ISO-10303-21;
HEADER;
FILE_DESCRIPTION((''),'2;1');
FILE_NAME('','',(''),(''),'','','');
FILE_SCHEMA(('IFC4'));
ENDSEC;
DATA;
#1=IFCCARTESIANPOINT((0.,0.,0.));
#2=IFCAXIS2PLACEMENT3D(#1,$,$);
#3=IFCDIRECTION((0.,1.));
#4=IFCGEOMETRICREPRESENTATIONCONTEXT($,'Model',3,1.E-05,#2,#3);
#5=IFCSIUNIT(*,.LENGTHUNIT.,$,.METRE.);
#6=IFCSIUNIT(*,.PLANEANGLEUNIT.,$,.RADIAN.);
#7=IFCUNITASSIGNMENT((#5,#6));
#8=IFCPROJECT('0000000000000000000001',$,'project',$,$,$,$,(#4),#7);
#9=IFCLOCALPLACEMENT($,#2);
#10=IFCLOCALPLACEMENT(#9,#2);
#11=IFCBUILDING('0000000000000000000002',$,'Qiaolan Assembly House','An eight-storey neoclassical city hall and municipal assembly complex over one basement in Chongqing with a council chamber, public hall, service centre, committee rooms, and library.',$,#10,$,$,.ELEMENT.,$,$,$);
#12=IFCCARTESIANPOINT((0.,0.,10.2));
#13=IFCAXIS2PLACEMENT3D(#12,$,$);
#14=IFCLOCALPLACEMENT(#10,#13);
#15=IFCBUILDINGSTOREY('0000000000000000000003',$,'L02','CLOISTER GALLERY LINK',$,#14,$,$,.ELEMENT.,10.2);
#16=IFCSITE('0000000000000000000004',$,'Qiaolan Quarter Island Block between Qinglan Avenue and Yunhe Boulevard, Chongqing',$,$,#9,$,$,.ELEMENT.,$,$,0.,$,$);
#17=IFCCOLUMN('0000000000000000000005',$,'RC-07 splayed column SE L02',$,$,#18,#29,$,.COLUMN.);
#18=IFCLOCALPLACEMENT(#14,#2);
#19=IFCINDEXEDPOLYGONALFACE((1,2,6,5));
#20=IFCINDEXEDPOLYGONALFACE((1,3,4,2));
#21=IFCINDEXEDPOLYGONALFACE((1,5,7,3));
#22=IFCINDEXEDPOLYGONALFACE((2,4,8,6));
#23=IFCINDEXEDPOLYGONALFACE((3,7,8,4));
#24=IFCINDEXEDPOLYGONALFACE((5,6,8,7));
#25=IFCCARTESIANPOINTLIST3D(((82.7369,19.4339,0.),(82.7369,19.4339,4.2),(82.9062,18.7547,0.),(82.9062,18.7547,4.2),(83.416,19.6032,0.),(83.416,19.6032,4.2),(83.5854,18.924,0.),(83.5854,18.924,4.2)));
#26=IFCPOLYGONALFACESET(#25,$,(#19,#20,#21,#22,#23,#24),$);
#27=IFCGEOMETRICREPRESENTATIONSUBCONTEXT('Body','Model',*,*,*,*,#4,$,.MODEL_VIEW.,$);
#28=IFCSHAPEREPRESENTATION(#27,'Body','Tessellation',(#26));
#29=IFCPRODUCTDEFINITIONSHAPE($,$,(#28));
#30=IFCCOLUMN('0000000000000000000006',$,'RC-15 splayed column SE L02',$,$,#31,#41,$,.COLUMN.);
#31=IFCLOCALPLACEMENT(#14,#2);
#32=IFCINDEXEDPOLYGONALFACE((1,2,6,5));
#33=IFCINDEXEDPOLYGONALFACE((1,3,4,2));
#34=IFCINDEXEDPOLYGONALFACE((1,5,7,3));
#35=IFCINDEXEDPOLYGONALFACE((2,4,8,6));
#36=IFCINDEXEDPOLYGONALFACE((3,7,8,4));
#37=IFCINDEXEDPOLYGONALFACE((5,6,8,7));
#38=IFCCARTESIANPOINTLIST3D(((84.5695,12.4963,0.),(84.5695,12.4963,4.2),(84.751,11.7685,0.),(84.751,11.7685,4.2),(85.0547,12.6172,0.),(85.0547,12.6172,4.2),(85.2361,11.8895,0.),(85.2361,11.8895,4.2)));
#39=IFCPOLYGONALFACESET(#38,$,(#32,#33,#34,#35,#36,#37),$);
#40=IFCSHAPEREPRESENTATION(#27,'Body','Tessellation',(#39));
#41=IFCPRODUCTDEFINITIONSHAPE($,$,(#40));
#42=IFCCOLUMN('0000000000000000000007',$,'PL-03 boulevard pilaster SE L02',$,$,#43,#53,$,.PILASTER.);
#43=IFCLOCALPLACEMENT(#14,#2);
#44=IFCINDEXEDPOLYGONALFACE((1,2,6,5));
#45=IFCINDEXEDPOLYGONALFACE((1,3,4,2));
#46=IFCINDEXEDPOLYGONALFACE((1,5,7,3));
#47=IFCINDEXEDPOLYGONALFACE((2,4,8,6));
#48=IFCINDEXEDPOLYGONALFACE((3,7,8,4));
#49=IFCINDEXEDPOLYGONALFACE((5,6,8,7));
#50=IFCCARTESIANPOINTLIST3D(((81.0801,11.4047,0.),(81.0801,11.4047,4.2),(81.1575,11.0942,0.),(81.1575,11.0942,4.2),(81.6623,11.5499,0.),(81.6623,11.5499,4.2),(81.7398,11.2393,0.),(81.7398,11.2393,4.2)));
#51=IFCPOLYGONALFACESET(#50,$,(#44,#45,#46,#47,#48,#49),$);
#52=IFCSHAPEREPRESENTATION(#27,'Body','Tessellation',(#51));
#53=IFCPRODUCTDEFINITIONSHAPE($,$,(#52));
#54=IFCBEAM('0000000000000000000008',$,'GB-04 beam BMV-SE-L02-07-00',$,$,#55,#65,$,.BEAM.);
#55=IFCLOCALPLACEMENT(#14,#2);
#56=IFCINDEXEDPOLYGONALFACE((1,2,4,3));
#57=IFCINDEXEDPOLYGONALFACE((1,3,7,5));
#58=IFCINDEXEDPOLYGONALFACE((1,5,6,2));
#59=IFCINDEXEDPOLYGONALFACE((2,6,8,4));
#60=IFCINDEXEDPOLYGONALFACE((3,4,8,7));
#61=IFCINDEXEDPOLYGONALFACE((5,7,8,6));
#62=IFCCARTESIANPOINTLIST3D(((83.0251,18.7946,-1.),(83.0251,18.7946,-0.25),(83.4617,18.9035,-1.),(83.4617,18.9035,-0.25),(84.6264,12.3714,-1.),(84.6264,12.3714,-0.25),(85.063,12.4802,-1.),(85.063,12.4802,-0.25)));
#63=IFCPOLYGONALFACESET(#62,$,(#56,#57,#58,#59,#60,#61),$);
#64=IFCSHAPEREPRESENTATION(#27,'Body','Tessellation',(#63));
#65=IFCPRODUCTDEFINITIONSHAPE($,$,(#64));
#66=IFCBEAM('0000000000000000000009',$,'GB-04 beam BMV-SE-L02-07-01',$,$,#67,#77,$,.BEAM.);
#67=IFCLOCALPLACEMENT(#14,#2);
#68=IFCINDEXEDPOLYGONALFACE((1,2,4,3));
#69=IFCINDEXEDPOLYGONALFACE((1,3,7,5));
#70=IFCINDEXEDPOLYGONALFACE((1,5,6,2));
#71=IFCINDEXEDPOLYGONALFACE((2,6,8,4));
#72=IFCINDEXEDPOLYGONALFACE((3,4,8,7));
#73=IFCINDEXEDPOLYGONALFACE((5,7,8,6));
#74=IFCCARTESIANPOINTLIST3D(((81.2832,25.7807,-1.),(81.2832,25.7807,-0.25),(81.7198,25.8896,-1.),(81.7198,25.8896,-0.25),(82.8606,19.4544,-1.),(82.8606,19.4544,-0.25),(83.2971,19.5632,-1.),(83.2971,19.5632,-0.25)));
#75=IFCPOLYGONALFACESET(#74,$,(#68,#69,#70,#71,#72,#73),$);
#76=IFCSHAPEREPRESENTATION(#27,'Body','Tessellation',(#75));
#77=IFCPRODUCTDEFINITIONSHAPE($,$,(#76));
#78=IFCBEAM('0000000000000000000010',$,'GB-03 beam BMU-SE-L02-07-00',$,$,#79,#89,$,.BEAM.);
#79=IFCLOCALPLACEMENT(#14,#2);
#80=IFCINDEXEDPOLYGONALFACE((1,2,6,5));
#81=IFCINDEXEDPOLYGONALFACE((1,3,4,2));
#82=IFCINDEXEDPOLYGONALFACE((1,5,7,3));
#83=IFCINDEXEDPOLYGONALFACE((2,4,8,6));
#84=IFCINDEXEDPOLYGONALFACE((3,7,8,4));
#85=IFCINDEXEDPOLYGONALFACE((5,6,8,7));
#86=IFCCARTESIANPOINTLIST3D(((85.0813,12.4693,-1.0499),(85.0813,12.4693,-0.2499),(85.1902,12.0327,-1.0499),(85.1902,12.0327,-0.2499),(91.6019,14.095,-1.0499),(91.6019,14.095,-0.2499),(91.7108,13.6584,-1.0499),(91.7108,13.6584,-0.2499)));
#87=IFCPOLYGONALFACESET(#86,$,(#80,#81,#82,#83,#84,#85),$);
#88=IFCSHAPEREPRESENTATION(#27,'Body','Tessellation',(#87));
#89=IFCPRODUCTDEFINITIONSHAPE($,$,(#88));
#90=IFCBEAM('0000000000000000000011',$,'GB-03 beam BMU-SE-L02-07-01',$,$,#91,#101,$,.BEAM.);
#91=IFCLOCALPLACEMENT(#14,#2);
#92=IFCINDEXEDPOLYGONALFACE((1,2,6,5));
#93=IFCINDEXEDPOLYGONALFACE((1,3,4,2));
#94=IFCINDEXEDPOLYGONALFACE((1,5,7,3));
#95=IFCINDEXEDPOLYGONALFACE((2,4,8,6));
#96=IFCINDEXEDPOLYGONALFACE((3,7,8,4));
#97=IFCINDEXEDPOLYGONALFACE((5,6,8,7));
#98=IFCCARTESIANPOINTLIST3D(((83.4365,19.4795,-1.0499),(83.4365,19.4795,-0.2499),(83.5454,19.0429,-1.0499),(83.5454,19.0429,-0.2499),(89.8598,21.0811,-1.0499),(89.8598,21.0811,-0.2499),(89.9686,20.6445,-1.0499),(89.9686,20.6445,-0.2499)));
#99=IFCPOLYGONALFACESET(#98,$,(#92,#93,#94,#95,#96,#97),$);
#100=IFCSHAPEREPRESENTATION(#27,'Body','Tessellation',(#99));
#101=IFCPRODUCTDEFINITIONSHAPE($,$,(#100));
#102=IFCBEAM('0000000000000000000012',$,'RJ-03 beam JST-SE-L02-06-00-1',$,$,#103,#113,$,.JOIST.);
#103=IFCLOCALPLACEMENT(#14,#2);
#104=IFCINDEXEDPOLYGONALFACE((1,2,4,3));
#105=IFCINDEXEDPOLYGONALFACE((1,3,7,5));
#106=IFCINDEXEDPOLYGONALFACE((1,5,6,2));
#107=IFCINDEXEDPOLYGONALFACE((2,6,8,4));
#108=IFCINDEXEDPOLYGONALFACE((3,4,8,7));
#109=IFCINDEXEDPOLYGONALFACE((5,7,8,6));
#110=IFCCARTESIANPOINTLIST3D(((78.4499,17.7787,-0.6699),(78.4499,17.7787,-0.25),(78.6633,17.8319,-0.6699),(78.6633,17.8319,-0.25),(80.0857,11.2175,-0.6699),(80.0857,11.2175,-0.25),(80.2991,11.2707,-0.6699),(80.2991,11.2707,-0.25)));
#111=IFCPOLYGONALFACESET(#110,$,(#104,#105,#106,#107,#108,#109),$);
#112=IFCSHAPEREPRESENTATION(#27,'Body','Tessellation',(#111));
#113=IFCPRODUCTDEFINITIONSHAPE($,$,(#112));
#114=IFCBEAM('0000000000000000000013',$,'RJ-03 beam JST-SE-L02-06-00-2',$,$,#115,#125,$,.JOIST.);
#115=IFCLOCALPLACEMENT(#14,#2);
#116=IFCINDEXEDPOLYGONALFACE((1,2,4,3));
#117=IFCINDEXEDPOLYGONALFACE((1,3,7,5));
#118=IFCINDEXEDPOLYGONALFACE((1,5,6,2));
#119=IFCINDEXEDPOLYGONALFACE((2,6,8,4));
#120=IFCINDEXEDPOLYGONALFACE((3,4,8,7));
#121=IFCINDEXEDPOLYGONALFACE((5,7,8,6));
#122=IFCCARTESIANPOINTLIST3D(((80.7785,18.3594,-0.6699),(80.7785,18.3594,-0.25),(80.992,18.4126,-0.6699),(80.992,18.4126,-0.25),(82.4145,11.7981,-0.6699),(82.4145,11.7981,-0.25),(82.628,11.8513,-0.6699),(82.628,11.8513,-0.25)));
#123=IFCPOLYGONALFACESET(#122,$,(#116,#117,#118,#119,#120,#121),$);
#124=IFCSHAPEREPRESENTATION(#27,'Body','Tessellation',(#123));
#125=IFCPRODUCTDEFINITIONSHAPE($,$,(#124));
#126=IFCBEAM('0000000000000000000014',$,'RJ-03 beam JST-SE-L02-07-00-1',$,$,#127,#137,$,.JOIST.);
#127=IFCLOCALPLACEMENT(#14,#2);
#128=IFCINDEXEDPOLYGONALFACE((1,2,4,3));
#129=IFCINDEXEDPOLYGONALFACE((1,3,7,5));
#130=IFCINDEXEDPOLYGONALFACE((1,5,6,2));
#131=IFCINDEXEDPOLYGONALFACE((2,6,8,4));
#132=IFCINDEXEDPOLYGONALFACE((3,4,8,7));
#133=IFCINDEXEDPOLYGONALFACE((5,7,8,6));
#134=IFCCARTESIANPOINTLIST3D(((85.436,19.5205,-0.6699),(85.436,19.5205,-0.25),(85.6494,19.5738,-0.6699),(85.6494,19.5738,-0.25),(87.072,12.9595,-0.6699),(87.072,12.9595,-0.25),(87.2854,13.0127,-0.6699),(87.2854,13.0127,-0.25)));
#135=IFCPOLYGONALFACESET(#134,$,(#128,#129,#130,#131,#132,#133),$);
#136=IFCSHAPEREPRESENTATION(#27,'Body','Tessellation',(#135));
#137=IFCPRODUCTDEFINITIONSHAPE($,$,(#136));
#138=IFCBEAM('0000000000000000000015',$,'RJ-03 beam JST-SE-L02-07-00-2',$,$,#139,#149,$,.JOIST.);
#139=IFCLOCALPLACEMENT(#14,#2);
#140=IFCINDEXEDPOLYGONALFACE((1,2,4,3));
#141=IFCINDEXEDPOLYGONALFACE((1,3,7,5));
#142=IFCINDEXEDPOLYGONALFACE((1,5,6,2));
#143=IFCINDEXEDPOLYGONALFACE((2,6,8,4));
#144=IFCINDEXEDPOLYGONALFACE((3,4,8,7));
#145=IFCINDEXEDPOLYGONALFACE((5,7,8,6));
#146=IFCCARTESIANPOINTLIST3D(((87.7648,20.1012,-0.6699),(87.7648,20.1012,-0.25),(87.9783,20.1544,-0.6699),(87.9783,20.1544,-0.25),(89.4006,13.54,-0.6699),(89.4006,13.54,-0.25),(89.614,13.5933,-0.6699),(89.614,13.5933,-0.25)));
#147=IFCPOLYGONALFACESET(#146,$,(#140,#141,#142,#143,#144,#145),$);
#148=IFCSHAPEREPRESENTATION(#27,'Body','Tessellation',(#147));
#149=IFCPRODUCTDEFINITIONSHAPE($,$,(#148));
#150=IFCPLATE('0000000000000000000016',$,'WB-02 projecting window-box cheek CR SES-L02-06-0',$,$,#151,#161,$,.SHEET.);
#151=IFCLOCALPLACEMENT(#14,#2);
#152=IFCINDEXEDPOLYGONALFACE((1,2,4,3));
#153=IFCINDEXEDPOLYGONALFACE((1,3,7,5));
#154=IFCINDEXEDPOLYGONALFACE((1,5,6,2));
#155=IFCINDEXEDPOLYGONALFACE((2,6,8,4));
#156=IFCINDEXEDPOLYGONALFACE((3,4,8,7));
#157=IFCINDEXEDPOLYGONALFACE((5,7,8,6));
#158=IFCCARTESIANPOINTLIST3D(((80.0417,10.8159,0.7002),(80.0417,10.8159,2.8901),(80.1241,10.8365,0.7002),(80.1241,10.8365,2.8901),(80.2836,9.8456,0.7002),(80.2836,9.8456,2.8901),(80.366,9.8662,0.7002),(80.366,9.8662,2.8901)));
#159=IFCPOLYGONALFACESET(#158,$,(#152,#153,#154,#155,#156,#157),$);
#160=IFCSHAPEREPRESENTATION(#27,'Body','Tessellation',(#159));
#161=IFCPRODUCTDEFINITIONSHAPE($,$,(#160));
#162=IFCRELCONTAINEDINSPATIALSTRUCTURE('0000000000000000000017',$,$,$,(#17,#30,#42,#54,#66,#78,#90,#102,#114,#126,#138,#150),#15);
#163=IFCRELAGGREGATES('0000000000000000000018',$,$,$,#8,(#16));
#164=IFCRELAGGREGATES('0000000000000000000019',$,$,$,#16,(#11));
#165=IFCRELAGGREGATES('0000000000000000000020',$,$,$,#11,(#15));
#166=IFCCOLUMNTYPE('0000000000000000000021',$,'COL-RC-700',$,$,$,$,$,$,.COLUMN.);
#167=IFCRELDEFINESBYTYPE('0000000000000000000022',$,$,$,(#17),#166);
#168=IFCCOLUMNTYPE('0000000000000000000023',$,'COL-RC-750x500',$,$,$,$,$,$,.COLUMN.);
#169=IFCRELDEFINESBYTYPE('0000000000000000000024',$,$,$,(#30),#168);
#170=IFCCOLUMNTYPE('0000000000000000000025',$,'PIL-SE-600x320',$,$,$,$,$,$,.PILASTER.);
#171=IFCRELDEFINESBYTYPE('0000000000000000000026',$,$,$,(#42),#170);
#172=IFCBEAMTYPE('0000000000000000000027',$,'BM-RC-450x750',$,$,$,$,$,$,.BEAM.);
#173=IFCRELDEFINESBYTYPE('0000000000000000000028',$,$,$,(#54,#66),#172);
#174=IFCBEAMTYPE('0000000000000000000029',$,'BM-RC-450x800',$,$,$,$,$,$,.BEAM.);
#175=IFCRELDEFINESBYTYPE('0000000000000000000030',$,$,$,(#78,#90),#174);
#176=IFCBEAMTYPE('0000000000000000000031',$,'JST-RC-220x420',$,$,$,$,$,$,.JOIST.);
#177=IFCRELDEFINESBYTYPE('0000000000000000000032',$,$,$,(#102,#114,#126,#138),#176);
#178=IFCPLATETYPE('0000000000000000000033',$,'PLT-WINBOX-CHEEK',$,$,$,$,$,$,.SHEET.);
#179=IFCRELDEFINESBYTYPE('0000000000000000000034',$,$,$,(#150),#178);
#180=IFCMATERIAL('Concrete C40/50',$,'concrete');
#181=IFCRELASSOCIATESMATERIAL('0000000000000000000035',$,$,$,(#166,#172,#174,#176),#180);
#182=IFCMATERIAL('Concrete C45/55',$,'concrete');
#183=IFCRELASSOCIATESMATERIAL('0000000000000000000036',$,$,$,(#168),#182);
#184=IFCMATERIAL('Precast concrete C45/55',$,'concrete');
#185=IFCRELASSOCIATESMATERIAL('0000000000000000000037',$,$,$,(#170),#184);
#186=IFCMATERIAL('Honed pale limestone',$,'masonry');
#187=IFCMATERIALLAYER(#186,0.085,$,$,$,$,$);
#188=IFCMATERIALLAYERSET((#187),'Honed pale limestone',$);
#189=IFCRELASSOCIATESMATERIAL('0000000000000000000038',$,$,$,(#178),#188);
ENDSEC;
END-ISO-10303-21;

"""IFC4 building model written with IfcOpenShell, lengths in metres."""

from ifc_helpers import new_model, si_unit, direction, frame, origin, origin_2d, place, context, subcontext, project, spatial, rectangle, extrude, material, layer, layer_set, material_profile, profile_set, type_object, element, save


model = new_model("IFC4")

# Units and contexts
model_context = context("Model", 3, precision=1e-05, world=origin(), true_north=direction((0.0, 1.0)))
body_context = subcontext(model_context, "Body", "Model", "MODEL_VIEW")
ifc_project = project(units=[si_unit("LENGTHUNIT", "METRE"), si_unit("PLANEANGLEUNIT", "RADIAN")], contexts=[model_context])

# Site, building, storey
site_placement = place(None, origin())
site = spatial("IfcSite", under=ifc_project, at=site_placement, Name="Qiaolan Quarter Island Block between Qinglan Avenue and Yunhe Boulevard, Chongqing", CompositionType="ELEMENT", RefElevation=0.0)
building_placement = place(site_placement, origin())
building = spatial("IfcBuilding", under=site, at=building_placement, Name="Qiaolan Assembly House", Description="An eight-storey neoclassical city hall and municipal assembly complex over one basement in Chongqing with a council chamber, public hall, service centre, committee rooms, and library.", CompositionType="ELEMENT")
storey_placement = place(building_placement, frame((0.0, 0.0, 10.2)))
storey = spatial("IfcBuildingStorey", under=building, at=storey_placement, Name="L02", Description="CLOISTER GALLERY LINK", CompositionType="ELEMENT", Elevation=10.2)

# Columns
ifc_material_1 = material(Name="Concrete C40/50", Category="concrete")
ifc_material_profile_1 = material_profile(ifc_material_1, rectangle(XDim=0.7, YDim=0.7, at=origin_2d()), Name="RC 700x700")
ifc_profile_set_1 = profile_set([ifc_material_profile_1], Name="Concrete C40/50")
column_type_1 = type_object("IfcColumnType", Name="COL-RC-700", PredefinedType="COLUMN", material=ifc_profile_set_1)
column_1_placement = place(storey_placement, frame((83.1611, 19.179, 0.0), z_axis=(0.0, 0.0, 1.0), x_axis=(0.970296, 0.241922, 0.0)))
element("IfcColumn", 1, at=column_1_placement, inside=storey, type_object=column_type_1, Name="RC-07 splayed column SE L02", PredefinedType="COLUMN", context=body_context, shape_type="SweptSolid", body=[
    extrude(rectangle(XDim=0.7, YDim=0.7, at=origin_2d()), origin(), (0.0, 0.0, 1.0), 4.2),
])
ifc_material_2 = material(Name="Concrete C45/55", Category="concrete")
ifc_material_profile_2 = material_profile(ifc_material_2, rectangle(XDim=0.5, YDim=0.75, at=origin_2d()), Name="RC 750x500")
ifc_profile_set_2 = profile_set([ifc_material_profile_2], Name="Concrete C45/55")
column_type_2 = type_object("IfcColumnType", Name="COL-RC-750x500", PredefinedType="COLUMN", material=ifc_profile_set_2)
column_2_placement = place(storey_placement, frame((84.9028, 12.1929, 0.0), z_axis=(0.0, 0.0, 1.0), x_axis=(0.970296, 0.241922, 0.0)))
element("IfcColumn", 2, at=column_2_placement, inside=storey, type_object=column_type_2, Name="RC-15 splayed column SE L02", PredefinedType="COLUMN", context=body_context, shape_type="SweptSolid", body=[
    extrude(rectangle(XDim=0.5, YDim=0.75, at=origin_2d()), origin(), (0.0, 0.0, 1.0), 4.2),
])
ifc_material_3 = material(Name="Precast concrete C45/55", Category="concrete")
ifc_material_profile_3 = material_profile(ifc_material_3, rectangle(XDim=0.6001, YDim=0.3201, at=origin_2d()), Name="PIL 600x320")
ifc_profile_set_3 = profile_set([ifc_material_profile_3], Name="Precast concrete C45/55")
column_type_3 = type_object("IfcColumnType", Name="PIL-SE-600x320", PredefinedType="PILASTER", material=ifc_profile_set_3)
column_3_placement = place(storey_placement, frame((81.4099, 11.322, 0.0), z_axis=(0.0, 0.0, 1.0), x_axis=(0.970296, 0.241922, 0.0)))
element("IfcColumn", 3, at=column_3_placement, inside=storey, type_object=column_type_3, Name="PL-03 boulevard pilaster SE L02", PredefinedType="PILASTER", context=body_context, shape_type="SweptSolid", body=[
    extrude(rectangle(XDim=0.6001, YDim=0.3201, at=origin_2d()), origin(), (0.0, 0.0, 1.0), 4.2),
])

# Beams
ifc_material_profile_4 = material_profile(ifc_material_1, rectangle(XDim=0.45, YDim=0.75, at=origin_2d()), Name="RCB 450x750")
ifc_profile_set_4 = profile_set([ifc_material_profile_4], Name="Concrete C40/50")
beam_type_1 = type_object("IfcBeamType", Name="BM-RC-450x750", PredefinedType="BEAM", material=ifc_profile_set_4)
beam_1_placement = place(storey_placement, frame((84.8447, 12.4258, -0.625), z_axis=(-0.241893, 0.970303, 0.0), x_axis=(-0.970303, -0.241893, 0.0)))
element("IfcBeam", 4, at=beam_1_placement, inside=storey, type_object=beam_type_1, Name="GB-04 beam BMV-SE-L02-07-00", PredefinedType="BEAM", context=body_context, shape_type="SweptSolid", body=[
    extrude(rectangle(XDim=0.45, YDim=0.75, at=origin_2d()), origin(), (0.0, 0.0, 1.0), 6.6199),
])
beam_2_placement = place(storey_placement, frame((83.0789, 19.5088, -0.625), z_axis=(-0.241928, 0.970294, 0.0), x_axis=(-0.970294, -0.241928, 0.0)))
element("IfcBeam", 5, at=beam_2_placement, inside=storey, type_object=beam_type_1, Name="GB-04 beam BMV-SE-L02-07-01", PredefinedType="BEAM", context=body_context, shape_type="SweptSolid", body=[
    extrude(rectangle(XDim=0.45, YDim=0.75, at=origin_2d()), origin(), (0.0, 0.0, 1.0), 6.52),
])
ifc_material_profile_5 = material_profile(ifc_material_1, rectangle(XDim=0.45, YDim=0.8, at=origin_2d()), Name="RCB 450x800")
ifc_profile_set_5 = profile_set([ifc_material_profile_5], Name="Concrete C40/50")
beam_type_2 = type_object("IfcBeamType", Name="BM-RC-450x800", PredefinedType="BEAM", material=ifc_profile_set_5)
beam_3_placement = place(storey_placement, frame((85.1357, 12.251, -0.6499), z_axis=(0.970296, 0.24192, 0.0), x_axis=(-0.24192, 0.970296, 0.0)))
element("IfcBeam", 6, at=beam_3_placement, inside=storey, type_object=beam_type_2, Name="GB-03 beam BMU-SE-L02-07-00", PredefinedType="BEAM", context=body_context, shape_type="SweptSolid", body=[
    extrude(rectangle(XDim=0.45, YDim=0.8, at=origin_2d()), origin(), (0.0, 0.0, 1.0), 6.7202),
])
beam_4_placement = place(storey_placement, frame((83.491, 19.2612, -0.6499), z_axis=(0.970294, 0.241928, 0.0), x_axis=(-0.241928, 0.970294, 0.0)))
element("IfcBeam", 7, at=beam_4_placement, inside=storey, type_object=beam_type_2, Name="GB-03 beam BMU-SE-L02-07-01", PredefinedType="BEAM", context=body_context, shape_type="SweptSolid", body=[
    extrude(rectangle(XDim=0.45, YDim=0.8, at=origin_2d()), origin(), (0.0, 0.0, 1.0), 6.6199),
])
ifc_material_profile_6 = material_profile(ifc_material_1, rectangle(XDim=0.22, YDim=0.4199, at=origin_2d()), Name="RCB 220x420")
ifc_profile_set_6 = profile_set([ifc_material_profile_6], Name="Concrete C40/50")
beam_type_3 = type_object("IfcBeamType", Name="JST-RC-220x420", PredefinedType="JOIST", material=ifc_profile_set_6)
beam_5_placement = place(storey_placement, frame((80.1924, 11.2441, -0.46), z_axis=(-0.241907, 0.970299, 0.0), x_axis=(-0.970299, -0.241907, 0.0)))
element("IfcBeam", 8, at=beam_5_placement, inside=storey, type_object=beam_type_3, Name="RJ-03 beam JST-SE-L02-06-00-1", PredefinedType="JOIST", context=body_context, shape_type="SweptSolid", body=[
    extrude(rectangle(XDim=0.22, YDim=0.4199, at=origin_2d()), origin(), (0.0, 0.0, 1.0), 6.762),
])
beam_6_placement = place(storey_placement, frame((82.5212, 11.8247, -0.46), z_axis=(-0.241932, 0.970293, 0.0), x_axis=(-0.970293, -0.241932, 0.0)))
element("IfcBeam", 9, at=beam_6_placement, inside=storey, type_object=beam_type_3, Name="RJ-03 beam JST-SE-L02-06-00-2", PredefinedType="JOIST", context=body_context, shape_type="SweptSolid", body=[
    extrude(rectangle(XDim=0.22, YDim=0.4199, at=origin_2d()), origin(), (0.0, 0.0, 1.0), 6.7622),
])
for number, where, z_axis, x_axis, name in (
    (10, (87.1787, 12.9861, -0.46), (-0.241941, 0.970291, 0.0), (-0.970291, -0.241941, 0.0), "RJ-03 beam JST-SE-L02-07-00-1"),
    (11, (89.5073, 13.5667, -0.46), (-0.241907, 0.970299, 0.0), (-0.970299, -0.241907, 0.0), "RJ-03 beam JST-SE-L02-07-00-2"),
):
    element("IfcBeam", number, at=place(storey_placement, frame(where, z_axis=z_axis, x_axis=x_axis)), inside=storey, type_object=beam_type_3, Name=name, PredefinedType="JOIST", context=body_context, shape_type="SweptSolid", body=[
        extrude(rectangle(XDim=0.22, YDim=0.4199, at=origin_2d()), origin(), (0.0, 0.0, 1.0), 6.762),
    ])

# Plate
ifc_material_4 = material(Name="Honed pale limestone", Category="masonry")
ifc_layer_1 = layer(ifc_material_4, 0.085)
ifc_layer_set_1 = layer_set([ifc_layer_1], Name="Honed pale limestone")
plate_type = type_object("IfcPlateType", Name="PLT-WINBOX-CHEEK", PredefinedType="SHEET", material=ifc_layer_set_1)
plate_placement = place(storey_placement, frame((80.2039, 10.3411, 0.7002), z_axis=(0.0, 0.0, 1.0), x_axis=(0.970296, 0.241922, 0.0)))
element("IfcPlate", 12, at=plate_placement, inside=storey, type_object=plate_type, Name="WB-02 projecting window-box cheek CR SES-L02-06-0", PredefinedType="SHEET", context=body_context, shape_type="SweptSolid", body=[
    extrude(rectangle(XDim=0.085, YDim=1.0, at=origin_2d()), origin(), (0.0, 0.0, 1.0), 2.1899),
])

save(model, "model.ifc")
